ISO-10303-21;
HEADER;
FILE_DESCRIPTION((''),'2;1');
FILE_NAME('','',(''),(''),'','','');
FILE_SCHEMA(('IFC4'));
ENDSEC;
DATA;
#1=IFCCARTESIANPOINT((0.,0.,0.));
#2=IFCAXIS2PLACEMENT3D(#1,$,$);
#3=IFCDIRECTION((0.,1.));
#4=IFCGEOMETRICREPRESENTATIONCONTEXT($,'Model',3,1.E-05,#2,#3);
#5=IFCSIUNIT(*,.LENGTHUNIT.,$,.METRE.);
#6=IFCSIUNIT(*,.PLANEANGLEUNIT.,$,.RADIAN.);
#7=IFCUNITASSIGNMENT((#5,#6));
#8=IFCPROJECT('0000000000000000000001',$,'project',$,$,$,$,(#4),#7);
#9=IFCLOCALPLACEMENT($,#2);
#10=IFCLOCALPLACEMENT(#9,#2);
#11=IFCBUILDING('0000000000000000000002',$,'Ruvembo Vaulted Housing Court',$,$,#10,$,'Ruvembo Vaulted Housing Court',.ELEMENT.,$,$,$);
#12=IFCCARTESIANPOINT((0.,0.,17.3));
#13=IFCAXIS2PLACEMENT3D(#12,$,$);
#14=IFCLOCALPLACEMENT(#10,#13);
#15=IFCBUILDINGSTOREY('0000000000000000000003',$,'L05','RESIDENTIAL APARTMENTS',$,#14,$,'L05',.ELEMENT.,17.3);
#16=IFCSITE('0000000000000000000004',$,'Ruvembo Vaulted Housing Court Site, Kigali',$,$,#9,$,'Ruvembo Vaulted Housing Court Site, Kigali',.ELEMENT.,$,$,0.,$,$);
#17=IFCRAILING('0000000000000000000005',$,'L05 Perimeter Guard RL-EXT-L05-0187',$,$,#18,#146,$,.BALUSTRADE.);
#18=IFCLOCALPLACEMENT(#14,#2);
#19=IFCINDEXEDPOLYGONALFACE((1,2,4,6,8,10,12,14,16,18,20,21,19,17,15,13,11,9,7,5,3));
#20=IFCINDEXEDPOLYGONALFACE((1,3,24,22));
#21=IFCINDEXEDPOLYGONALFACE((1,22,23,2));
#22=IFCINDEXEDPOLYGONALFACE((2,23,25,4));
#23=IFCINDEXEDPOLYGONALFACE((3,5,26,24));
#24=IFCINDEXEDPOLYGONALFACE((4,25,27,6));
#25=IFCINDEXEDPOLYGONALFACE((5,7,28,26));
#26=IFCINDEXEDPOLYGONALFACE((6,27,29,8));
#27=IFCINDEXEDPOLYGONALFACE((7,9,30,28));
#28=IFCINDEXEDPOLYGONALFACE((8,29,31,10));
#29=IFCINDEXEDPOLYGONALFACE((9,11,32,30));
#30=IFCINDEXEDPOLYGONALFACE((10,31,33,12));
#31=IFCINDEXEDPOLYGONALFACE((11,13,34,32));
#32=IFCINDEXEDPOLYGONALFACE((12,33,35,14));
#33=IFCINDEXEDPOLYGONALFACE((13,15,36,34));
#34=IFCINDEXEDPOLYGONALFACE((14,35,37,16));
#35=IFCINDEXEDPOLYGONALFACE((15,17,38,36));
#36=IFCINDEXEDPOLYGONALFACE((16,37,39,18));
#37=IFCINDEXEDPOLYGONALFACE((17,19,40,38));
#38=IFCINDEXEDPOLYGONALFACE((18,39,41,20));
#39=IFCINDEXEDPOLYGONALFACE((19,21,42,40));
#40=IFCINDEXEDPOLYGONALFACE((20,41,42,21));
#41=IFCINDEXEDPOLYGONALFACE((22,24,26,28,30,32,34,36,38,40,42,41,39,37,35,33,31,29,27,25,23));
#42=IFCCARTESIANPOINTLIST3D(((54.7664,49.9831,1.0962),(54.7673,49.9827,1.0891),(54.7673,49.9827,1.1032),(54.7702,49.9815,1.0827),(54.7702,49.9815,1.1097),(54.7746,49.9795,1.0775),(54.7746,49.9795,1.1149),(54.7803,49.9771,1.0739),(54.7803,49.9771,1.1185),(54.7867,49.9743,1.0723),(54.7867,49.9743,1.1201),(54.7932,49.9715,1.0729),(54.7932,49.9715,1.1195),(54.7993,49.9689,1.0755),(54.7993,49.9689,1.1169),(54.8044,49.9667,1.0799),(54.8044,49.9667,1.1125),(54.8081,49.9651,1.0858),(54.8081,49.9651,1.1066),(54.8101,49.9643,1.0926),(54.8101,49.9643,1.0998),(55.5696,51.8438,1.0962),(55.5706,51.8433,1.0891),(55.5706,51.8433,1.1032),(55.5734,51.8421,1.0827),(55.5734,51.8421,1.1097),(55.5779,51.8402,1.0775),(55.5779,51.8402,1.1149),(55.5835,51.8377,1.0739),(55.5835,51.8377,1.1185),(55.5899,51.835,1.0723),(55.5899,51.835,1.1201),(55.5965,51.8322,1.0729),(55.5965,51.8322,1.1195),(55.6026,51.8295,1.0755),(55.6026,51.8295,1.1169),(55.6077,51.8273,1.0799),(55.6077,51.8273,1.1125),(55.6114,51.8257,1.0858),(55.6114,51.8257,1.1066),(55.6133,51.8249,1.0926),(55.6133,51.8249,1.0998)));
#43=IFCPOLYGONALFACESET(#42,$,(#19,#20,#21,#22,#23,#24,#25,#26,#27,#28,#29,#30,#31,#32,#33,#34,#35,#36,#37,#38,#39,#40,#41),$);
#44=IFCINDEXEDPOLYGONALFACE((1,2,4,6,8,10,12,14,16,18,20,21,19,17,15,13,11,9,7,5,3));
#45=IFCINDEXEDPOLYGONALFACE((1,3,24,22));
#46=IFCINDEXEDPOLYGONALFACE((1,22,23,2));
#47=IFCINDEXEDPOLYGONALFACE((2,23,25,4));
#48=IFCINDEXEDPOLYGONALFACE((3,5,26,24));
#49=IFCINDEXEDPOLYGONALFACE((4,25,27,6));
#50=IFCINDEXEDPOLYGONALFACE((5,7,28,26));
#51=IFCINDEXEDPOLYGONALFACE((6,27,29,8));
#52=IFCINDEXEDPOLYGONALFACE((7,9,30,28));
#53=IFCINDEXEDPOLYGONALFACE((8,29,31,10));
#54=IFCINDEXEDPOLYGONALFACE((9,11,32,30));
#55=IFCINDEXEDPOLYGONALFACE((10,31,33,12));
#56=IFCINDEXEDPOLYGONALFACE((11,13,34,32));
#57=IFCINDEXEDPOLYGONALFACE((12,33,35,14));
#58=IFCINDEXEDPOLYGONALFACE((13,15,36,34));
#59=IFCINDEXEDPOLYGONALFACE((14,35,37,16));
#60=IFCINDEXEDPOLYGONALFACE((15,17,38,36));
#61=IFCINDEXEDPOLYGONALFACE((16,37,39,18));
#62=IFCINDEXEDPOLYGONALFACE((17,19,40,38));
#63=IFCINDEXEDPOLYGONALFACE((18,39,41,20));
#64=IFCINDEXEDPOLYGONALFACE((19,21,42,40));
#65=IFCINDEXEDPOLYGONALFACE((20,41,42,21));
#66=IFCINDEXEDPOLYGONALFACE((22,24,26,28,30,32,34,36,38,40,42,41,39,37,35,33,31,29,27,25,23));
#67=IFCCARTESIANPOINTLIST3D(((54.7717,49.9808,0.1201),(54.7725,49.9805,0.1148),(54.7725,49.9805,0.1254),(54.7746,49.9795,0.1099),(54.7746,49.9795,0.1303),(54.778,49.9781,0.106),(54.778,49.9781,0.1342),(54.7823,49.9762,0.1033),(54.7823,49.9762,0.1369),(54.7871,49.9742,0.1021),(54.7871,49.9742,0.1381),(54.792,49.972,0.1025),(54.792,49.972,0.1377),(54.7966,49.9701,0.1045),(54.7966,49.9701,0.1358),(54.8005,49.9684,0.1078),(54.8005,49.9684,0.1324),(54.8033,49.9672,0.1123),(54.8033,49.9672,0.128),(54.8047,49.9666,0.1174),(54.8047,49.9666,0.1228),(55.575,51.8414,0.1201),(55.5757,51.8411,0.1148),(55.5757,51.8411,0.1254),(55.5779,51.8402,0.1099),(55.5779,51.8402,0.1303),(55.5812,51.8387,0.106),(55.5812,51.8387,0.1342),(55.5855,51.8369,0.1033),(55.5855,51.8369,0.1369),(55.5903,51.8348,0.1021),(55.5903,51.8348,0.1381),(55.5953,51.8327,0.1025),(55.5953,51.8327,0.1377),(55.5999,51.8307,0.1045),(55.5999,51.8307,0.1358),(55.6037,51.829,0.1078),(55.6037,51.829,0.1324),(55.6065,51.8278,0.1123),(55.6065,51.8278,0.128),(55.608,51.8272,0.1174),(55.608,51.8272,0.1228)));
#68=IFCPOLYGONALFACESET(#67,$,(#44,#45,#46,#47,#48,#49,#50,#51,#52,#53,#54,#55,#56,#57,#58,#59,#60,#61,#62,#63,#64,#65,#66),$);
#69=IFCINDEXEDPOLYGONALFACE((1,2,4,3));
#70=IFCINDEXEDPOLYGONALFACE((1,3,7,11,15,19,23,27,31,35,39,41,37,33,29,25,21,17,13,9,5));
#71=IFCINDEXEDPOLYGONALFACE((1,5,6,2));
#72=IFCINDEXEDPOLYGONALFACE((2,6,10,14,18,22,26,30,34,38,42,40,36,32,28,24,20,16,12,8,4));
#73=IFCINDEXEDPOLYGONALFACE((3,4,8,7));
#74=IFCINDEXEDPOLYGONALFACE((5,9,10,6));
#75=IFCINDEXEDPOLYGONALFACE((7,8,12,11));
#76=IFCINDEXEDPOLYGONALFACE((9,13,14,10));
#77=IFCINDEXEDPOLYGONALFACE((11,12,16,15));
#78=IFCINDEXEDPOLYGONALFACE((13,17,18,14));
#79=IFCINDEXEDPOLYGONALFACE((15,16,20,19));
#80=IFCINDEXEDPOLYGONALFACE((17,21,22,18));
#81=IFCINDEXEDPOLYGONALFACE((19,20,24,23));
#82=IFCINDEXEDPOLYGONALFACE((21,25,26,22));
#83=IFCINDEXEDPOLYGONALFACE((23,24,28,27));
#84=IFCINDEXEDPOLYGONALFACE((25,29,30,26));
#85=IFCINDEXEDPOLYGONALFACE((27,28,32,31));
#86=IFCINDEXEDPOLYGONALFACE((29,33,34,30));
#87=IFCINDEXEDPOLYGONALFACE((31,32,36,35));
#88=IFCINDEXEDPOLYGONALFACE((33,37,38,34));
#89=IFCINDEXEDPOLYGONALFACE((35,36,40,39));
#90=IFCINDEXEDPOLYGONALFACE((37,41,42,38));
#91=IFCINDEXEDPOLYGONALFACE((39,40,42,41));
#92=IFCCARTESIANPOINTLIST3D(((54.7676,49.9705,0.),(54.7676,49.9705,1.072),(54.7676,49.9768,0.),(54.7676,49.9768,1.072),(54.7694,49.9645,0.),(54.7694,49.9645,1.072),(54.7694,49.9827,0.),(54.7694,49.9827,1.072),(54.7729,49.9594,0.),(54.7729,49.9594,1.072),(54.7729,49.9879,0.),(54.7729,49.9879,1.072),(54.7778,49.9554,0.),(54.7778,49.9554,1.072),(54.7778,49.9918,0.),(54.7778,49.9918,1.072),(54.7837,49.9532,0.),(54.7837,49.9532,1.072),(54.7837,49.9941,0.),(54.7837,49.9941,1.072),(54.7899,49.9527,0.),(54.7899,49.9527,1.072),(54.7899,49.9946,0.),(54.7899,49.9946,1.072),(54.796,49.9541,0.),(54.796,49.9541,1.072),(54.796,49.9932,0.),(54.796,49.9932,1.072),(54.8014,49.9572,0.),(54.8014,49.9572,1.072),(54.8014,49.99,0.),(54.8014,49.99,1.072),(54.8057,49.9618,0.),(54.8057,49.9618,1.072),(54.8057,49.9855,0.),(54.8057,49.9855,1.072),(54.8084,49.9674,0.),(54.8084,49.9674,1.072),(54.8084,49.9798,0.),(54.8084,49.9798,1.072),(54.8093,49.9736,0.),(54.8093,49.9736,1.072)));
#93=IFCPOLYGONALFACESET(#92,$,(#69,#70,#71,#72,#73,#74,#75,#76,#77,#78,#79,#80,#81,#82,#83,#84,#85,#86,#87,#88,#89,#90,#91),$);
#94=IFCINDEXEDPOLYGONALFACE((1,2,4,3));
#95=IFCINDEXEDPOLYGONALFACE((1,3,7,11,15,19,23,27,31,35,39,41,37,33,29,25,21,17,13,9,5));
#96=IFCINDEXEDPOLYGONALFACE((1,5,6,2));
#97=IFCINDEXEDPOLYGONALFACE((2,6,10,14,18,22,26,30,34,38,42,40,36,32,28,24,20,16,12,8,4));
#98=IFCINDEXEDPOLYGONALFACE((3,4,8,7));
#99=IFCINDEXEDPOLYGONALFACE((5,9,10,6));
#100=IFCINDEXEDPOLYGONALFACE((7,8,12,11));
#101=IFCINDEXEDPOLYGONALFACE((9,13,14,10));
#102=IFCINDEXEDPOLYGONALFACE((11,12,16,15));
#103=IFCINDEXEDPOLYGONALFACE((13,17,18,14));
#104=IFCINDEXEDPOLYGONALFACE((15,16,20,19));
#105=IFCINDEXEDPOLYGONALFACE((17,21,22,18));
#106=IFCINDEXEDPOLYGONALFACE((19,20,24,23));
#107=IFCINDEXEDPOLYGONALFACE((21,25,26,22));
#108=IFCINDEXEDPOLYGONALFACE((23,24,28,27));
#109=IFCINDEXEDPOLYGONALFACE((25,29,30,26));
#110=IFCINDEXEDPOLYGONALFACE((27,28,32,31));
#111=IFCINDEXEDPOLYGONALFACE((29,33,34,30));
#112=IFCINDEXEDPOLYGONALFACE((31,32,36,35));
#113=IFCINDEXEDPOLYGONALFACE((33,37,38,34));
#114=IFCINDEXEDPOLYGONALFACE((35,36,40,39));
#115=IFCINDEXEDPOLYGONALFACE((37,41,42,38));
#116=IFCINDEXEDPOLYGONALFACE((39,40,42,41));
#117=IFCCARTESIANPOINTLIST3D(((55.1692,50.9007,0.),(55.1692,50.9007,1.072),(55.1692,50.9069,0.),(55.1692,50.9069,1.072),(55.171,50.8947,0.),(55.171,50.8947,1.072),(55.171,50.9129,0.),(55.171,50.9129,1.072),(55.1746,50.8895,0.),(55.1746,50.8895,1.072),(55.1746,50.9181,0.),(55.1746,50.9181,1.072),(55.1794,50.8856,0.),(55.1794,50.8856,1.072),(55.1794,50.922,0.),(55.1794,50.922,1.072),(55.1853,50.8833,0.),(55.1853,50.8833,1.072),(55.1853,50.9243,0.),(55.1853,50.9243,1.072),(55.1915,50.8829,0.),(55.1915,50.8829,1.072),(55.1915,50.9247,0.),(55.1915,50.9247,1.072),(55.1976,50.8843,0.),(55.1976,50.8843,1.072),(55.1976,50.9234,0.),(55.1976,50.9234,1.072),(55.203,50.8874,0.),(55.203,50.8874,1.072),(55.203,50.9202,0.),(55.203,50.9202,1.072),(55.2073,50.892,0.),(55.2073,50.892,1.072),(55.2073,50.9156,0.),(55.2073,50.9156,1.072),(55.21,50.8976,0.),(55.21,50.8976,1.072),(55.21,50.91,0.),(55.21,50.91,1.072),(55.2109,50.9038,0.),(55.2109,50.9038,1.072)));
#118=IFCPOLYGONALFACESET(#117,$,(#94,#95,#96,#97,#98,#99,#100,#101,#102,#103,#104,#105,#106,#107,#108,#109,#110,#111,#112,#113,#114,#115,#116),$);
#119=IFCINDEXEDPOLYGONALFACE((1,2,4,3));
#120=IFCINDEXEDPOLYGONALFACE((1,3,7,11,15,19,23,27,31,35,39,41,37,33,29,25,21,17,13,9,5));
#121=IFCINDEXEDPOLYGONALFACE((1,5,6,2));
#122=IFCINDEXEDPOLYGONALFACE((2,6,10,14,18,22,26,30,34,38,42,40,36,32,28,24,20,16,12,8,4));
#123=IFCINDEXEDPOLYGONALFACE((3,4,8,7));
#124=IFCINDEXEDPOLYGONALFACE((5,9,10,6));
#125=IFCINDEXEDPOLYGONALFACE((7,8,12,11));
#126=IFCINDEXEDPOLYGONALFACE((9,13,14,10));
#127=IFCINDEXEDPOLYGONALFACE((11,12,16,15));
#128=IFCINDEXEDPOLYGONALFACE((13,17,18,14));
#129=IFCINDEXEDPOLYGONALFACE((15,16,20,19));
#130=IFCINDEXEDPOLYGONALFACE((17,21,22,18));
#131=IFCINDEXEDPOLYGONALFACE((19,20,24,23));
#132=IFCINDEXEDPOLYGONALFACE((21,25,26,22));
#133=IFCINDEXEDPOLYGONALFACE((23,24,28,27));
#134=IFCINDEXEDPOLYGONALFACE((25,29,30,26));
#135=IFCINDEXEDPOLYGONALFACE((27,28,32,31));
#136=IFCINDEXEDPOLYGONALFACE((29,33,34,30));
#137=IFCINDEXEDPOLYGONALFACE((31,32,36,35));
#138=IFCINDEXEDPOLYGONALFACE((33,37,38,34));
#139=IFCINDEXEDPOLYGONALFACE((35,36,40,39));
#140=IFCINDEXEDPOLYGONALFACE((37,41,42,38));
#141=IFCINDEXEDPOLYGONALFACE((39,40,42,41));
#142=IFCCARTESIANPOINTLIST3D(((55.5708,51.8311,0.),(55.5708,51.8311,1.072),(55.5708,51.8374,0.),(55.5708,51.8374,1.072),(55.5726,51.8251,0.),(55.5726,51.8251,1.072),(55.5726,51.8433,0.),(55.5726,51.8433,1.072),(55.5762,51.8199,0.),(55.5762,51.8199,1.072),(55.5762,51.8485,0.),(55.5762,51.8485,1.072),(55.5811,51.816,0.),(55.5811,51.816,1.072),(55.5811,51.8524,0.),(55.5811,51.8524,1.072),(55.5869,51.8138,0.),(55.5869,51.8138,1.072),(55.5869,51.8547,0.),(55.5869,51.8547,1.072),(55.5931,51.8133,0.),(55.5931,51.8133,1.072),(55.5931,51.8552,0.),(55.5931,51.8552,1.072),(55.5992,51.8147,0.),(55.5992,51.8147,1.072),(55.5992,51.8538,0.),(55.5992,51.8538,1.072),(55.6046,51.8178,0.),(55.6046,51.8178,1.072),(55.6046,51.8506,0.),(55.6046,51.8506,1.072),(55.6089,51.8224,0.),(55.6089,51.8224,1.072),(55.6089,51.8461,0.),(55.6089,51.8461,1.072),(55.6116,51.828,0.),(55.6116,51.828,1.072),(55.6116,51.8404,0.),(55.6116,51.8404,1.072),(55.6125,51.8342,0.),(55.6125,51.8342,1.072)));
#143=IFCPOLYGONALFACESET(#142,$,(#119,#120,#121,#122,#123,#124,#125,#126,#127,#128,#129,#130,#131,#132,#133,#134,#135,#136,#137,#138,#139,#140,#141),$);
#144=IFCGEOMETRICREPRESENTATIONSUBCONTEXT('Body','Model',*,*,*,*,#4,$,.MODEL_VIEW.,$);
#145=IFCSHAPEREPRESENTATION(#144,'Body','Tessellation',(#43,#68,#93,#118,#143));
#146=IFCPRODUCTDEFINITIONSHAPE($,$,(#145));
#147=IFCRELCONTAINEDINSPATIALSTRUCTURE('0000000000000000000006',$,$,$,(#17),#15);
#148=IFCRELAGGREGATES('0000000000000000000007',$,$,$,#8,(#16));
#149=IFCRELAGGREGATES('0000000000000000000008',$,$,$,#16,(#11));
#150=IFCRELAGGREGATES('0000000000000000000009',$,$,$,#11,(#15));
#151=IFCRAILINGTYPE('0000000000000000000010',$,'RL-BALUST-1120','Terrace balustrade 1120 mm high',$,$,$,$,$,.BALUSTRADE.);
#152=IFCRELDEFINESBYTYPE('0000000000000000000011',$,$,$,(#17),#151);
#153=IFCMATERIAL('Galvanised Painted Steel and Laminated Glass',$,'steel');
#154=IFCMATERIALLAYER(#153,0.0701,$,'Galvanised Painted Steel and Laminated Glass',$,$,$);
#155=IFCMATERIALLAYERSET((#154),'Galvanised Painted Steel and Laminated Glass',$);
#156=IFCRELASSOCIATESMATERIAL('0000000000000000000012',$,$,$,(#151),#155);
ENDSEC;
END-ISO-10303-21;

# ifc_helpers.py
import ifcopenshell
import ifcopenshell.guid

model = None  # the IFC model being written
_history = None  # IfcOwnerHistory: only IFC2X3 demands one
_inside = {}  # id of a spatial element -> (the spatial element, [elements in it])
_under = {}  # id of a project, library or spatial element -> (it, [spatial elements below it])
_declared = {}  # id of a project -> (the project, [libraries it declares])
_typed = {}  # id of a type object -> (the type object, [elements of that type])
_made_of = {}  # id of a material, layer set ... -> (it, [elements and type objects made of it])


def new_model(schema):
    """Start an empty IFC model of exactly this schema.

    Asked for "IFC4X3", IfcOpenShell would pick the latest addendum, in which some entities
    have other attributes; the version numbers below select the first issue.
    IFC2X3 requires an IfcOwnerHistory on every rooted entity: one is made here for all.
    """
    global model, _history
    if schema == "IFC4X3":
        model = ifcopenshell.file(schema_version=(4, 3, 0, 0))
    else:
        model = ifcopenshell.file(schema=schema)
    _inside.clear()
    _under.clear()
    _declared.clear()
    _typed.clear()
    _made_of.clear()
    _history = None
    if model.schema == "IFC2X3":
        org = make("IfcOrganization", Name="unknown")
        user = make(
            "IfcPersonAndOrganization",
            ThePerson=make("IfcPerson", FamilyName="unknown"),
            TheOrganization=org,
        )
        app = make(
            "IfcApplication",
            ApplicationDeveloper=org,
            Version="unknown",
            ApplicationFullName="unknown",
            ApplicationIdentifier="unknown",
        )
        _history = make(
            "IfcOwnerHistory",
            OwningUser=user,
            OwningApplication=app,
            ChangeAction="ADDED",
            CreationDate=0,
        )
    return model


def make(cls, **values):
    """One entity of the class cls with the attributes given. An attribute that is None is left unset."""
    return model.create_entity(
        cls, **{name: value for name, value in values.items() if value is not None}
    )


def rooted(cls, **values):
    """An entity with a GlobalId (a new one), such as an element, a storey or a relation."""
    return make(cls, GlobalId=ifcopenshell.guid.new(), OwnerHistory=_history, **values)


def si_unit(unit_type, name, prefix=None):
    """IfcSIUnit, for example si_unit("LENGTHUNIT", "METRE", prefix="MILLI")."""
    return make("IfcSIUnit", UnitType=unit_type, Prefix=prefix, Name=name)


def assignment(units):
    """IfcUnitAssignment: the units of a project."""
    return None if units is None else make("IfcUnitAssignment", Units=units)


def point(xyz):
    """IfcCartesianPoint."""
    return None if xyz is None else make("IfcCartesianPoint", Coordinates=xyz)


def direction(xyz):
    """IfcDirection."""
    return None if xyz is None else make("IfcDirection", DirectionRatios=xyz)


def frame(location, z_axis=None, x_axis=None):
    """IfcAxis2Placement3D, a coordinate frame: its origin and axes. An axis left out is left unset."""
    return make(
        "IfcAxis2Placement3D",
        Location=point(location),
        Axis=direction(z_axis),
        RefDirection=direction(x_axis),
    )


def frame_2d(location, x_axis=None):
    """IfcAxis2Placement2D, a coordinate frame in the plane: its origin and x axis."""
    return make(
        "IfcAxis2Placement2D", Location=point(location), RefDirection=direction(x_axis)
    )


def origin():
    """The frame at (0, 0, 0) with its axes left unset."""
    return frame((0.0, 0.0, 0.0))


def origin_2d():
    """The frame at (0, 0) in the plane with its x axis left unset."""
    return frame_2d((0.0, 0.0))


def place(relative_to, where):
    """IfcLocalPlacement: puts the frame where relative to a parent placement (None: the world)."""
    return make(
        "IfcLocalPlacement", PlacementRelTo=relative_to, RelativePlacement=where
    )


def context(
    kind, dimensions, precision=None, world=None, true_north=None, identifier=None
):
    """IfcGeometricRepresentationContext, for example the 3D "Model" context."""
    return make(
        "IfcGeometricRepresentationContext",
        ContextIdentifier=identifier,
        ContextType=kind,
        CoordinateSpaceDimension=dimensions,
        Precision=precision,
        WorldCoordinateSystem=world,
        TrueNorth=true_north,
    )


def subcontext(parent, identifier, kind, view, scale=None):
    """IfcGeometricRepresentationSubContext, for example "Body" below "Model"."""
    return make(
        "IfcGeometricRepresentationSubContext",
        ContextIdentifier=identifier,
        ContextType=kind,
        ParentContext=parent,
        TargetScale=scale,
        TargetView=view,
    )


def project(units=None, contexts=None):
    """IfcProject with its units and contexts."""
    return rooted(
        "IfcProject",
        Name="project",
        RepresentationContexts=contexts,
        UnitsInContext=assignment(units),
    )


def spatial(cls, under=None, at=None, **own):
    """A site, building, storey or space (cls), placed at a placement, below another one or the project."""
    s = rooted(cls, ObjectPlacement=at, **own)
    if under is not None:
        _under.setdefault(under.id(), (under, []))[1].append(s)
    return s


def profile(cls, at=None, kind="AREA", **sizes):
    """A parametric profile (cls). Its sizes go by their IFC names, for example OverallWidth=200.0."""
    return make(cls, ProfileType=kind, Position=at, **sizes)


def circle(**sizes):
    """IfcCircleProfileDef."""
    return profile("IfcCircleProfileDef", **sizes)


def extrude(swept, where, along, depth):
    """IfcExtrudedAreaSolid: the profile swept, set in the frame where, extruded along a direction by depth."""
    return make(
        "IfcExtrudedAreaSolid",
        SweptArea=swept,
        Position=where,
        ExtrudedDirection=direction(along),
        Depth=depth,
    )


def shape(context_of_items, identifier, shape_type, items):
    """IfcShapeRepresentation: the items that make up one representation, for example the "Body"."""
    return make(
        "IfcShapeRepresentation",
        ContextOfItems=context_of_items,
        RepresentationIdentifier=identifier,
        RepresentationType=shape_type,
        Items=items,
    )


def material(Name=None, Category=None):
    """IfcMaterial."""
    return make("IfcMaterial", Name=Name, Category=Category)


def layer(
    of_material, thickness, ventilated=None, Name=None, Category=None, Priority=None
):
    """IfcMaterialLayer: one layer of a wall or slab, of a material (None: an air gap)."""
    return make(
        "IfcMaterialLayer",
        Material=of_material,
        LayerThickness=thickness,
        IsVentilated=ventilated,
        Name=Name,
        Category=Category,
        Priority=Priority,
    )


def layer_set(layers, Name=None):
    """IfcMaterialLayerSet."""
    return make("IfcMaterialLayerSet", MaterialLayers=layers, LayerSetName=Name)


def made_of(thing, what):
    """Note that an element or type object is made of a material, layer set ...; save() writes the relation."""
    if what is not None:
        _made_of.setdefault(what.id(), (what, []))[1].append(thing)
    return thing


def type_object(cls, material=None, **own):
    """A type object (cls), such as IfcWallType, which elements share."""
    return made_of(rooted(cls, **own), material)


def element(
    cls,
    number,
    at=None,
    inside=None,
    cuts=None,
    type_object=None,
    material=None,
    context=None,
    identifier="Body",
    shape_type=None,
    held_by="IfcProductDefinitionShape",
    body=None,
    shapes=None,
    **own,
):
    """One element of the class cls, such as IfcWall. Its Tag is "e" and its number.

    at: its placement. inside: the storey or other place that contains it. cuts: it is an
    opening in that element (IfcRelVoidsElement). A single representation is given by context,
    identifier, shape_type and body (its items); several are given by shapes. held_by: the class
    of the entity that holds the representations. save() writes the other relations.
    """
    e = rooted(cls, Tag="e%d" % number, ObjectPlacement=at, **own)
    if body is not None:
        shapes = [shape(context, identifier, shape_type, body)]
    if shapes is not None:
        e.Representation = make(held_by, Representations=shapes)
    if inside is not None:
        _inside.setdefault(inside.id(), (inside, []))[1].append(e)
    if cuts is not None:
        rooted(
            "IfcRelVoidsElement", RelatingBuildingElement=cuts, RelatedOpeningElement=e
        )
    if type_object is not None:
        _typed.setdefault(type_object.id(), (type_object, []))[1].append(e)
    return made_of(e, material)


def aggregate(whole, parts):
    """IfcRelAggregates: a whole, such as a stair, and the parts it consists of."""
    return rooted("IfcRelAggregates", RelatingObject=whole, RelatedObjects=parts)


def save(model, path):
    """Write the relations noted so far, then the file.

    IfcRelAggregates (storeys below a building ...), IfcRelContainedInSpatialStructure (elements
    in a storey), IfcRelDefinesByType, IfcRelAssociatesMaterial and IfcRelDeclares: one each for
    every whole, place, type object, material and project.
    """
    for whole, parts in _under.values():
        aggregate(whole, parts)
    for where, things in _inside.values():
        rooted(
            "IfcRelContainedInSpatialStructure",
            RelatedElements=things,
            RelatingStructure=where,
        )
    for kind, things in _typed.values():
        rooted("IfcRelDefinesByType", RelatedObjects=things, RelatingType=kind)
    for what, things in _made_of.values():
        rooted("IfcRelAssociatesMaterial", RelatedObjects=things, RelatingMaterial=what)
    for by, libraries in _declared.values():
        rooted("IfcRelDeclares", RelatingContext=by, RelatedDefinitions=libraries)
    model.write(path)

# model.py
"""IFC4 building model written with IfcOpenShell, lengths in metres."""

from ifc_helpers import new_model, si_unit, direction, frame, origin, origin_2d, place, context, subcontext, project, spatial, circle, extrude, material, layer, layer_set, type_object, element, save


model = new_model("IFC4")

# Units and contexts
model_context = context("Model", 3, precision=1e-05, world=origin(), true_north=direction((0.0, 1.0)))
body_context = subcontext(model_context, "Body", "Model", "MODEL_VIEW")
ifc_project = project(units=[si_unit("LENGTHUNIT", "METRE"), si_unit("PLANEANGLEUNIT", "RADIAN")], contexts=[model_context])

# Site, building, storey
site_placement = place(None, origin())
site = spatial("IfcSite", under=ifc_project, at=site_placement, Name="Ruvembo Vaulted Housing Court Site, Kigali", LongName="Ruvembo Vaulted Housing Court Site, Kigali", CompositionType="ELEMENT", RefElevation=0.0)
building_placement = place(site_placement, origin())
building = spatial("IfcBuilding", under=site, at=building_placement, Name="Ruvembo Vaulted Housing Court", LongName="Ruvembo Vaulted Housing Court", CompositionType="ELEMENT")
storey_placement = place(building_placement, frame((0.0, 0.0, 17.3)))
storey = spatial("IfcBuildingStorey", under=building, at=storey_placement, Name="L05", Description="RESIDENTIAL APARTMENTS", LongName="L05", CompositionType="ELEMENT", Elevation=17.3)

# Railing
ifc_material_1 = material(Name="Galvanised Painted Steel and Laminated Glass", Category="steel")
ifc_layer_1 = layer(ifc_material_1, 0.0701, Name="Galvanised Painted Steel and Laminated Glass")
ifc_layer_set_1 = layer_set([ifc_layer_1], Name="Galvanised Painted Steel and Laminated Glass")
railing_type = type_object("IfcRailingType", Name="RL-BALUST-1120", Description="Terrace balustrade 1120 mm high", PredefinedType="BALUSTRADE", material=ifc_layer_set_1)
railing_1_placement = place(storey_placement, frame((54.7883, 49.9736, 0.0)))
element("IfcRailing", 1, at=railing_1_placement, inside=storey, type_object=railing_type, Name="L05 Perimeter Guard RL-EXT-L05-0187", PredefinedType="BALUSTRADE", context=body_context, shape_type="SweptSolid", body=[
    extrude(circle(Radius=0.0239, at=origin_2d()), frame((0.0, 0.0, 1.0962), z_axis=(0.396346, 0.918101, 0.0), x_axis=(-0.918101, 0.396346, 0.0)), (0.0, 0.0, 1.0), 2.0266),
    extrude(circle(Radius=0.0181, at=origin_2d()), frame((0.0, 0.0, 0.1201), z_axis=(0.396346, 0.918101, 0.0), x_axis=(-0.918101, 0.396346, 0.0)), (0.0, 0.0, 1.0), 2.0266),
    extrude(circle(Radius=0.021, at=origin_2d()), origin(), (0.0, 0.0, 1.0), 1.072),
    extrude(circle(Radius=0.021, at=origin_2d()), frame((0.4016, 0.9302, 0.0)), (0.0, 0.0, 1.0), 1.072),
    extrude(circle(Radius=0.021, at=origin_2d()), frame((0.8032, 1.8606, 0.0)), (0.0, 0.0, 1.0), 1.072),
])

save(model, "model.ifc")
